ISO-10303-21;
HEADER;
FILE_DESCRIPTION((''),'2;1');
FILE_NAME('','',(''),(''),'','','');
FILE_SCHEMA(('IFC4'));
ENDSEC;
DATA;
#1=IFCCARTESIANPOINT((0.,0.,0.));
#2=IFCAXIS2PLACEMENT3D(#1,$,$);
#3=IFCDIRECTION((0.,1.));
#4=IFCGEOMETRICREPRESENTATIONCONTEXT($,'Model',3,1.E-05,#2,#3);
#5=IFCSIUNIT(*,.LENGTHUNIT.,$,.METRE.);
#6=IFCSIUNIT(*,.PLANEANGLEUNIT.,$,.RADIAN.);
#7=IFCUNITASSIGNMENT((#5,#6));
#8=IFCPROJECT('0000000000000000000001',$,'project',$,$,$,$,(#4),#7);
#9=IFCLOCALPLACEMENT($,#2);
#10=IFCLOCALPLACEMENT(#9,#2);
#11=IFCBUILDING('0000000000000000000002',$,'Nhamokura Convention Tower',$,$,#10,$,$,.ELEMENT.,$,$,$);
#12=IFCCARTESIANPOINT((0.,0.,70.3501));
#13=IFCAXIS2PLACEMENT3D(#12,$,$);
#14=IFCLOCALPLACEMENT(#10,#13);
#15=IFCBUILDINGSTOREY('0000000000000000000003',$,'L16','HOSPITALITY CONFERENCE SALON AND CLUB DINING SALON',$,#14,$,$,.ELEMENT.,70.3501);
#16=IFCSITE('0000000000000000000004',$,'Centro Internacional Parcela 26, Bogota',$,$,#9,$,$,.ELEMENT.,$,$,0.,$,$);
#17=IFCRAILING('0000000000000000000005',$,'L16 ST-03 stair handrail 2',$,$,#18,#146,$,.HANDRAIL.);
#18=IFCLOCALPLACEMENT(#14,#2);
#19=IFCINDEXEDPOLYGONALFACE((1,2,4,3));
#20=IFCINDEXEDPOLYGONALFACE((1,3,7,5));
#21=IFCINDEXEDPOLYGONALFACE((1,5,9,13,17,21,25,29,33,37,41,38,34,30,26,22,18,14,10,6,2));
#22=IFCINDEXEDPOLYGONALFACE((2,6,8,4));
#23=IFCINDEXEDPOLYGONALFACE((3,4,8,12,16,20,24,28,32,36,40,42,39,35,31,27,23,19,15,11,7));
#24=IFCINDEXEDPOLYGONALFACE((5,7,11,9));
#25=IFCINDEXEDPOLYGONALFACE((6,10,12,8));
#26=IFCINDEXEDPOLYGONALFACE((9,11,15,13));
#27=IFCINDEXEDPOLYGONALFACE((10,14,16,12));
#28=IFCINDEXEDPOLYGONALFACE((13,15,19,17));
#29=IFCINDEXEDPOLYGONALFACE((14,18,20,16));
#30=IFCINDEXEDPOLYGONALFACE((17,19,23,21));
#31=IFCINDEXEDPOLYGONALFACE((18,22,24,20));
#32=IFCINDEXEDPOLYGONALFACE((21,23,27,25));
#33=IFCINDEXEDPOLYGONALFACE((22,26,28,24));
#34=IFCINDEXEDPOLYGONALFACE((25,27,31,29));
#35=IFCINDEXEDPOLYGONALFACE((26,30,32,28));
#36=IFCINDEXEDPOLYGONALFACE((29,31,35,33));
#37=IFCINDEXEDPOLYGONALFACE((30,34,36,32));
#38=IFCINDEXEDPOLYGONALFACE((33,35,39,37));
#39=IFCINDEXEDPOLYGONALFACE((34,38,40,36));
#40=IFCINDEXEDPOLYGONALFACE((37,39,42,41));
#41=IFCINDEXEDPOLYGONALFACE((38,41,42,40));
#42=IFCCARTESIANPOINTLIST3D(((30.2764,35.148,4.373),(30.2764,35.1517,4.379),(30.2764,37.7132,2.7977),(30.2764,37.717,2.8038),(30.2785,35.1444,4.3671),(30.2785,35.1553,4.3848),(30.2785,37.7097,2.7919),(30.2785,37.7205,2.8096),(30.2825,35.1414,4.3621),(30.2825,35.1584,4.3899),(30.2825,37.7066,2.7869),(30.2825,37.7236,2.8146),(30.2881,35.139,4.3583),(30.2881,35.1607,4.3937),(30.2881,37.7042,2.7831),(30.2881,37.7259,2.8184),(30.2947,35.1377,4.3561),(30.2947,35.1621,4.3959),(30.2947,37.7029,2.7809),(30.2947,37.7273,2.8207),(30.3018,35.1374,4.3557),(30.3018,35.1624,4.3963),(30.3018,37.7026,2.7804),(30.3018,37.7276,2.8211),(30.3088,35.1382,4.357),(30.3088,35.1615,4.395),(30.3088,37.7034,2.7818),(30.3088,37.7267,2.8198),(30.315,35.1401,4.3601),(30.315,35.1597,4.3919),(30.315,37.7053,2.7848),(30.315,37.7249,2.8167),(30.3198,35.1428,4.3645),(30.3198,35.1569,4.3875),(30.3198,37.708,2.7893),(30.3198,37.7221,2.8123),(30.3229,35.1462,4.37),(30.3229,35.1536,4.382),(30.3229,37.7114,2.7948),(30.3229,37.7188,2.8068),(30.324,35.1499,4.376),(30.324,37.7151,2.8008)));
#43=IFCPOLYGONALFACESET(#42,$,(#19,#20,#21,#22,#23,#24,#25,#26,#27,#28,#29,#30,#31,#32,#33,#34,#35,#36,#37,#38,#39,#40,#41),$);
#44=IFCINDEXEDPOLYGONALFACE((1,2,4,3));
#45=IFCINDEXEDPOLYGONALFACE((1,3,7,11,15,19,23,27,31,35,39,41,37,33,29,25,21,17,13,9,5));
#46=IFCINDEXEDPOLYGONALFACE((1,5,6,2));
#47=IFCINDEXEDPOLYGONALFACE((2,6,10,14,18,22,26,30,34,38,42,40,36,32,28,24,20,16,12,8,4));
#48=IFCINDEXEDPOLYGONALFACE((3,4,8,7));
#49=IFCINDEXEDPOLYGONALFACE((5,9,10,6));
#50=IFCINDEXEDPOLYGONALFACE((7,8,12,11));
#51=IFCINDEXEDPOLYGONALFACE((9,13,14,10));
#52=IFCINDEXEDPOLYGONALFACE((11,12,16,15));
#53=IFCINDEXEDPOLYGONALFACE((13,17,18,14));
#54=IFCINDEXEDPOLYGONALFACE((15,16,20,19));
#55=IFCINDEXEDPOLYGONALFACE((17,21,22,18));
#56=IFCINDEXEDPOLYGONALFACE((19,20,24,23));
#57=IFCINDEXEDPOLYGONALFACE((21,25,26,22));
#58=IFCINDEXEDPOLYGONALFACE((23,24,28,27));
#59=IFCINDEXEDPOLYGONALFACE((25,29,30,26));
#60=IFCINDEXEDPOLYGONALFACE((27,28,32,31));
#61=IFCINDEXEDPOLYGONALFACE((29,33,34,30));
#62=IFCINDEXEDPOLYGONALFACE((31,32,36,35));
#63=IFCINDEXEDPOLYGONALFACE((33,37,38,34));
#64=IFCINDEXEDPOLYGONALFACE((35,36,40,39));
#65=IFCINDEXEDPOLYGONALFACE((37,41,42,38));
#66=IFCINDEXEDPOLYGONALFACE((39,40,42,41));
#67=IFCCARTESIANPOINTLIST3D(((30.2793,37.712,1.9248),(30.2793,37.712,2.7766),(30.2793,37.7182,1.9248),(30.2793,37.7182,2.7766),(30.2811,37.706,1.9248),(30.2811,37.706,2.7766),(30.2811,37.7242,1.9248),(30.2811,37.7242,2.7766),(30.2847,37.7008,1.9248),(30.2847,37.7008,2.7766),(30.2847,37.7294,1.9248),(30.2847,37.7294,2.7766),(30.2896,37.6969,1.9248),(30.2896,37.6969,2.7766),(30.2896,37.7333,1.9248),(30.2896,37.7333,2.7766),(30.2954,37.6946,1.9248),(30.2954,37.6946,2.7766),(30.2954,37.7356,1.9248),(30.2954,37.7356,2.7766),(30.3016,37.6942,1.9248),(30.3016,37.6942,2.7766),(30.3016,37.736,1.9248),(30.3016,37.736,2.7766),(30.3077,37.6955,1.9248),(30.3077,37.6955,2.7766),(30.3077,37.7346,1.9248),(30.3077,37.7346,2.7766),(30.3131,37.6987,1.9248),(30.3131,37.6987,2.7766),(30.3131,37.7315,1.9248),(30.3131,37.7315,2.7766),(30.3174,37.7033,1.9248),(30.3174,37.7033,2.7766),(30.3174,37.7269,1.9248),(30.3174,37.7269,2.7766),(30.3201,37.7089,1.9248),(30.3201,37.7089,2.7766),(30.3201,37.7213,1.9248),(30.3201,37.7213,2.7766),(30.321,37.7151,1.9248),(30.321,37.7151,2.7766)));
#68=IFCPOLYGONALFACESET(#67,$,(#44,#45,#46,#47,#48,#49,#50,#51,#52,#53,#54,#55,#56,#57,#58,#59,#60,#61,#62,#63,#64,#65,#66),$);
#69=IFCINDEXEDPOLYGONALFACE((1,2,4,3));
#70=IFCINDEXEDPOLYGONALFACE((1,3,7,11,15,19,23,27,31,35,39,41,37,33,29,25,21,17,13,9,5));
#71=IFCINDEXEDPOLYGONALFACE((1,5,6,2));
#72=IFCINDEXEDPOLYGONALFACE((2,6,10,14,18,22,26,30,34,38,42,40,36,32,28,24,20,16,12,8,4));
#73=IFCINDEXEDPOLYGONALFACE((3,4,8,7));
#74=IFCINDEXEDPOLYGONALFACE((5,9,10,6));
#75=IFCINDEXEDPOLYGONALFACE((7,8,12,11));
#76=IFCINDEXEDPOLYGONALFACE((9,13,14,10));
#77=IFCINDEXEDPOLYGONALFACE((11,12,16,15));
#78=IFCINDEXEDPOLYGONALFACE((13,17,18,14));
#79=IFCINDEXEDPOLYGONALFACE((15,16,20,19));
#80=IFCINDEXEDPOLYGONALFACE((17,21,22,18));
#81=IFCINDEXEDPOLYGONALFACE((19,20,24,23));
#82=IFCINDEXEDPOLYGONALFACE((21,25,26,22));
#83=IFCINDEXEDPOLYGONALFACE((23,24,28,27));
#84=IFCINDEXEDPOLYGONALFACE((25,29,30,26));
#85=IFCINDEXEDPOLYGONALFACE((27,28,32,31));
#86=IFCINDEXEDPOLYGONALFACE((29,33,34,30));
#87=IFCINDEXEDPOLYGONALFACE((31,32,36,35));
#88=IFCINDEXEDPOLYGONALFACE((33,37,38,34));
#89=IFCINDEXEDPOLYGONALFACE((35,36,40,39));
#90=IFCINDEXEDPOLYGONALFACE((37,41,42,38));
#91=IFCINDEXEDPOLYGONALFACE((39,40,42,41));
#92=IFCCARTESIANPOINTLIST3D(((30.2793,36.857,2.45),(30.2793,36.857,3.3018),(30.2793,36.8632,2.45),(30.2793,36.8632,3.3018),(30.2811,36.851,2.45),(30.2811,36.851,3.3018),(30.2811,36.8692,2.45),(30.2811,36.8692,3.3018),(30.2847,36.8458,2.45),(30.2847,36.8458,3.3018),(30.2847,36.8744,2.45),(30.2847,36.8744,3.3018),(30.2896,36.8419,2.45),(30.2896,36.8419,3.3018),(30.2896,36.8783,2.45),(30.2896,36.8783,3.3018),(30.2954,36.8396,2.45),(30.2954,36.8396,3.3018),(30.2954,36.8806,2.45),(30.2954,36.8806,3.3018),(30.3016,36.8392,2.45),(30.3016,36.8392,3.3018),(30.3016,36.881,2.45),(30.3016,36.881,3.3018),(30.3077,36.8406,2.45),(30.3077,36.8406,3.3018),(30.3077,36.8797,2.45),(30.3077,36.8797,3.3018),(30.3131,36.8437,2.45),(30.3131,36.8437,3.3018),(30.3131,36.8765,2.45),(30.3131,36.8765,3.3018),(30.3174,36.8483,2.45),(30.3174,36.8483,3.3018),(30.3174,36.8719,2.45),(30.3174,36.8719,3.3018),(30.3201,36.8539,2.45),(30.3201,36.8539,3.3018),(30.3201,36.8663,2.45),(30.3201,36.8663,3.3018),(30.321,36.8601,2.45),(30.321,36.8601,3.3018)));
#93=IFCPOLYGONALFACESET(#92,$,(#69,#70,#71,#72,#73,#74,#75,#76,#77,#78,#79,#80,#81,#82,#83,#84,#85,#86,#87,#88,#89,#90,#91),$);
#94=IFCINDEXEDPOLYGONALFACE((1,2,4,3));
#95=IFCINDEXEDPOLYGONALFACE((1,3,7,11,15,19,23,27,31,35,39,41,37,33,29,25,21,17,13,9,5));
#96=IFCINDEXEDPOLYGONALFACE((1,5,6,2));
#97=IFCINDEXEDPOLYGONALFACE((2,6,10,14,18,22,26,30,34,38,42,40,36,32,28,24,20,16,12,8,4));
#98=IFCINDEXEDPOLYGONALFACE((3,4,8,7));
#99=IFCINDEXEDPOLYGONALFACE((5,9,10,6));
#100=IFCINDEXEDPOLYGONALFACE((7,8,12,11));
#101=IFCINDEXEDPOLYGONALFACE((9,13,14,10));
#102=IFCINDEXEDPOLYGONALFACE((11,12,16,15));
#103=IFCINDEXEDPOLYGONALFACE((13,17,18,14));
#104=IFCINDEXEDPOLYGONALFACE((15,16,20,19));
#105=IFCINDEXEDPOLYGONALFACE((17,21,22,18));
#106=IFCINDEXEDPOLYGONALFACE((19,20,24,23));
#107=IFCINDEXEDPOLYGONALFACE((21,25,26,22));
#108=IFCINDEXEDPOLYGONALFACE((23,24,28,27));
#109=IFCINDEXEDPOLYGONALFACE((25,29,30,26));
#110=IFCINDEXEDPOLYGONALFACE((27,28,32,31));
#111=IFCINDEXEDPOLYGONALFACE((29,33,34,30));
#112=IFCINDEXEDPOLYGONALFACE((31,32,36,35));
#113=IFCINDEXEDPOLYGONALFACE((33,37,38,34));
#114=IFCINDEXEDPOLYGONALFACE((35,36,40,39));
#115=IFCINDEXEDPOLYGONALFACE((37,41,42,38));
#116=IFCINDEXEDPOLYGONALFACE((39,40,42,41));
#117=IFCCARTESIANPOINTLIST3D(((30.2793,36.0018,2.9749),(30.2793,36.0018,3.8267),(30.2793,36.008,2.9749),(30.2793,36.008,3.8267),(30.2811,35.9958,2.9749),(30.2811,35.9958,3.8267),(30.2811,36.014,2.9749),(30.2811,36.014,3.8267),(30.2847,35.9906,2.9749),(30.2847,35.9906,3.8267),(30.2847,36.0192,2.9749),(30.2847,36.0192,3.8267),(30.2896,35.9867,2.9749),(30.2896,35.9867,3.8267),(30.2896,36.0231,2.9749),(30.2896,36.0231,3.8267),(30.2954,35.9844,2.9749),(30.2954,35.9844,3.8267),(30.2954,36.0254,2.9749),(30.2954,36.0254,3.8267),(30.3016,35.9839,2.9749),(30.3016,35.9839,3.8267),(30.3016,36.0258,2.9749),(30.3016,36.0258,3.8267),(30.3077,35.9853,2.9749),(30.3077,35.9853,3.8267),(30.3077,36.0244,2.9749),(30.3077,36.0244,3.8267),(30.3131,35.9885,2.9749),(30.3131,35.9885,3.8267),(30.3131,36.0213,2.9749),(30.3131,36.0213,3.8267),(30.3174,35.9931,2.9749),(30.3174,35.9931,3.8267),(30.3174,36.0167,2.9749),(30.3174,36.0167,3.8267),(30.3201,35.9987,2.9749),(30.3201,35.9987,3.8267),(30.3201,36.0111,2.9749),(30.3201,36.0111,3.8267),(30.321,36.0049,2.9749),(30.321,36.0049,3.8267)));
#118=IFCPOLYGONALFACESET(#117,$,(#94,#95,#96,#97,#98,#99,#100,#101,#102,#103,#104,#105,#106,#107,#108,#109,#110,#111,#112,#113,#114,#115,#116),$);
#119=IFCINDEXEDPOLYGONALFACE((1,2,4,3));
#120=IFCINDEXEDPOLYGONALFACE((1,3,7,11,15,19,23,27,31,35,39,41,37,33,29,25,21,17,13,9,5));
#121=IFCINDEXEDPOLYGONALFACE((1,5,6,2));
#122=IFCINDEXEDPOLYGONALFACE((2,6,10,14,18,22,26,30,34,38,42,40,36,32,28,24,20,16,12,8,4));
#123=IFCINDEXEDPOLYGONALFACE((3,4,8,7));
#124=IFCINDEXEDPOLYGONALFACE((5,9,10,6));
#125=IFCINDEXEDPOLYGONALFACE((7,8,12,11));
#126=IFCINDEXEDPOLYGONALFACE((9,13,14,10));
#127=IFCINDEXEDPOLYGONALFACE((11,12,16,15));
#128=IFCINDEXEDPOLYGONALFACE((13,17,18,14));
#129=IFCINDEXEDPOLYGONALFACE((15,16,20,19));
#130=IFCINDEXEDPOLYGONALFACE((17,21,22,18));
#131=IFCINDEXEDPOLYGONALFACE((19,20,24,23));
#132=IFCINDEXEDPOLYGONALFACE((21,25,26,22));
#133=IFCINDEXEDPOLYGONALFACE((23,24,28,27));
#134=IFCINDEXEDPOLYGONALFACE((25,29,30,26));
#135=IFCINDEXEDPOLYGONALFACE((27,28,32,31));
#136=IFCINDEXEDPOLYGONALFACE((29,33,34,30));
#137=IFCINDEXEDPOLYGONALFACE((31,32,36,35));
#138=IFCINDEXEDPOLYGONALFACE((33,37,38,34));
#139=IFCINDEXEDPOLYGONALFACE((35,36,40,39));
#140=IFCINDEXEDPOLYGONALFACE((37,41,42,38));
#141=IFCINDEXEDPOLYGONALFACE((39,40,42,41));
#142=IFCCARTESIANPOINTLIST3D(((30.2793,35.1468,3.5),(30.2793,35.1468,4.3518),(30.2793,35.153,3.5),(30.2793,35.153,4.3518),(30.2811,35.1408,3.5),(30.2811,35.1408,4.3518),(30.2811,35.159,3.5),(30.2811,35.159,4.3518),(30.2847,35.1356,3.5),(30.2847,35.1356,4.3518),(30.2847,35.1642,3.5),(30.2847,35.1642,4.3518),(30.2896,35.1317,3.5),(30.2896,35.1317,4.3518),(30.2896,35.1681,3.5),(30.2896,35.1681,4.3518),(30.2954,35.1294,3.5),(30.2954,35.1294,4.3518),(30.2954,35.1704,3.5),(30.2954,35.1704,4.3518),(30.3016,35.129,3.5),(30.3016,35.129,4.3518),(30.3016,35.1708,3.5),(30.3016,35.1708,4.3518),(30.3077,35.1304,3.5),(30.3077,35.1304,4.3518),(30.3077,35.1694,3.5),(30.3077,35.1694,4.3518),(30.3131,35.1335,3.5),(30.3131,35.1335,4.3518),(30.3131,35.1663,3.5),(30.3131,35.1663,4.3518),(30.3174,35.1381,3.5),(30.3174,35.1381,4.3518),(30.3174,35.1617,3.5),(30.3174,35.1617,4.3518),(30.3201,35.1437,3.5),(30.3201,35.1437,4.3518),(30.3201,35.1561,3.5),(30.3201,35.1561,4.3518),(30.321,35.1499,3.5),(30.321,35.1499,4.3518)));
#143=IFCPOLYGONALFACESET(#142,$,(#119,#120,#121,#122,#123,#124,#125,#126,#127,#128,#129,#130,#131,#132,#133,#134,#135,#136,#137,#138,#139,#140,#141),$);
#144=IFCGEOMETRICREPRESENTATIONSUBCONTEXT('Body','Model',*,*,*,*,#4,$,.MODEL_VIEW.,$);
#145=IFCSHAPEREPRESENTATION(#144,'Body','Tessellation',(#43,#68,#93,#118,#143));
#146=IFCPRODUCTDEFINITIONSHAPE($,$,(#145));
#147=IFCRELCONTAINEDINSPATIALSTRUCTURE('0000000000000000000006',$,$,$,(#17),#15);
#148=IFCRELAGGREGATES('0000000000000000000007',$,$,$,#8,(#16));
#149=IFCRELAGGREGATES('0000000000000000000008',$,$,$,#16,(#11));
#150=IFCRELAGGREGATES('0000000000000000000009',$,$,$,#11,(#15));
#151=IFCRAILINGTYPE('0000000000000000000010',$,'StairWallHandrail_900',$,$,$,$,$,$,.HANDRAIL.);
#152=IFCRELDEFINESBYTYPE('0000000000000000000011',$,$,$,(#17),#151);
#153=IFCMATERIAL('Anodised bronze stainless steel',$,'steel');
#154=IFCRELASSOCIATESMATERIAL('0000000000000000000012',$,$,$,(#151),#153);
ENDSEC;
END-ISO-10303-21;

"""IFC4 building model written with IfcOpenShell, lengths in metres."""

from ifc_helpers import new_model, si_unit, direction, frame, origin, origin_2d, place, context, subcontext, project, spatial, circle, extrude, material, type_object, element, save


model = new_model("IFC4")

# Units and contexts
model_context = context("Model", 3, precision=1e-05, world=origin(), true_north=direction((0.0, 1.0)))
body_context = subcontext(model_context, "Body", "Model", "MODEL_VIEW")
ifc_project = project(units=[si_unit("LENGTHUNIT", "METRE"), si_unit("PLANEANGLEUNIT", "RADIAN")], contexts=[model_context])

# Site, building, storey
site_placement = place(None, origin())
site = spatial("IfcSite", under=ifc_project, at=site_placement, Name="Centro Internacional Parcela 26, Bogota", CompositionType="ELEMENT", RefElevation=0.0)
building_placement = place(site_placement, origin())
building = spatial("IfcBuilding", under=site, at=building_placement, Name="Nhamokura Convention Tower", CompositionType="ELEMENT")
storey_placement = place(building_placement, frame((0.0, 0.0, 70.3501)))
storey = spatial("IfcBuildingStorey", under=building, at=storey_placement, Name="L16", Description="HOSPITALITY CONFERENCE SALON AND CLUB DINING SALON", CompositionType="ELEMENT", Elevation=70.3501)

# Railing
ifc_material_1 = material(Name="Anodised bronze stainless steel", Category="steel")
railing_type_1 = type_object("IfcRailingType", Name="StairWallHandrail_900", PredefinedType="HANDRAIL", material=ifc_material_1)
railing_1_placement = place(storey_placement, frame((30.3, 37.7151, 1.9248)))
element("IfcRailing", 1, at=railing_1_placement, inside=storey, type_object=railing_type_1, Name="L16 ST-03 stair handrail 2", PredefinedType="HANDRAIL", context=body_context, shape_type="SweptSolid", body=[
    extrude(circle(Radius=0.0239, at=origin_2d()), frame((0.0, 0.0, 0.876), z_axis=(0.0, -0.852159, 0.523283), x_axis=(1.0, 0.0, 0.0)), (0.0, 0.0, 1.0), 3.0103),
    extrude(circle(Radius=0.021, at=origin_2d()), origin(), (0.0, 0.0, 1.0), 0.8518),
    extrude(circle(Radius=0.021, at=origin_2d()), frame((0.0, -0.855, 0.5251)), (0.0, 0.0, 1.0), 0.8518),
    extrude(circle(Radius=0.021, at=origin_2d()), frame((0.0, -1.7102, 1.05)), (0.0, 0.0, 1.0), 0.8518),
    extrude(circle(Radius=0.021, at=origin_2d()), frame((0.0, -2.5652, 1.5752)), (0.0, 0.0, 1.0), 0.8518),
])

save(model, "model.ifc")
